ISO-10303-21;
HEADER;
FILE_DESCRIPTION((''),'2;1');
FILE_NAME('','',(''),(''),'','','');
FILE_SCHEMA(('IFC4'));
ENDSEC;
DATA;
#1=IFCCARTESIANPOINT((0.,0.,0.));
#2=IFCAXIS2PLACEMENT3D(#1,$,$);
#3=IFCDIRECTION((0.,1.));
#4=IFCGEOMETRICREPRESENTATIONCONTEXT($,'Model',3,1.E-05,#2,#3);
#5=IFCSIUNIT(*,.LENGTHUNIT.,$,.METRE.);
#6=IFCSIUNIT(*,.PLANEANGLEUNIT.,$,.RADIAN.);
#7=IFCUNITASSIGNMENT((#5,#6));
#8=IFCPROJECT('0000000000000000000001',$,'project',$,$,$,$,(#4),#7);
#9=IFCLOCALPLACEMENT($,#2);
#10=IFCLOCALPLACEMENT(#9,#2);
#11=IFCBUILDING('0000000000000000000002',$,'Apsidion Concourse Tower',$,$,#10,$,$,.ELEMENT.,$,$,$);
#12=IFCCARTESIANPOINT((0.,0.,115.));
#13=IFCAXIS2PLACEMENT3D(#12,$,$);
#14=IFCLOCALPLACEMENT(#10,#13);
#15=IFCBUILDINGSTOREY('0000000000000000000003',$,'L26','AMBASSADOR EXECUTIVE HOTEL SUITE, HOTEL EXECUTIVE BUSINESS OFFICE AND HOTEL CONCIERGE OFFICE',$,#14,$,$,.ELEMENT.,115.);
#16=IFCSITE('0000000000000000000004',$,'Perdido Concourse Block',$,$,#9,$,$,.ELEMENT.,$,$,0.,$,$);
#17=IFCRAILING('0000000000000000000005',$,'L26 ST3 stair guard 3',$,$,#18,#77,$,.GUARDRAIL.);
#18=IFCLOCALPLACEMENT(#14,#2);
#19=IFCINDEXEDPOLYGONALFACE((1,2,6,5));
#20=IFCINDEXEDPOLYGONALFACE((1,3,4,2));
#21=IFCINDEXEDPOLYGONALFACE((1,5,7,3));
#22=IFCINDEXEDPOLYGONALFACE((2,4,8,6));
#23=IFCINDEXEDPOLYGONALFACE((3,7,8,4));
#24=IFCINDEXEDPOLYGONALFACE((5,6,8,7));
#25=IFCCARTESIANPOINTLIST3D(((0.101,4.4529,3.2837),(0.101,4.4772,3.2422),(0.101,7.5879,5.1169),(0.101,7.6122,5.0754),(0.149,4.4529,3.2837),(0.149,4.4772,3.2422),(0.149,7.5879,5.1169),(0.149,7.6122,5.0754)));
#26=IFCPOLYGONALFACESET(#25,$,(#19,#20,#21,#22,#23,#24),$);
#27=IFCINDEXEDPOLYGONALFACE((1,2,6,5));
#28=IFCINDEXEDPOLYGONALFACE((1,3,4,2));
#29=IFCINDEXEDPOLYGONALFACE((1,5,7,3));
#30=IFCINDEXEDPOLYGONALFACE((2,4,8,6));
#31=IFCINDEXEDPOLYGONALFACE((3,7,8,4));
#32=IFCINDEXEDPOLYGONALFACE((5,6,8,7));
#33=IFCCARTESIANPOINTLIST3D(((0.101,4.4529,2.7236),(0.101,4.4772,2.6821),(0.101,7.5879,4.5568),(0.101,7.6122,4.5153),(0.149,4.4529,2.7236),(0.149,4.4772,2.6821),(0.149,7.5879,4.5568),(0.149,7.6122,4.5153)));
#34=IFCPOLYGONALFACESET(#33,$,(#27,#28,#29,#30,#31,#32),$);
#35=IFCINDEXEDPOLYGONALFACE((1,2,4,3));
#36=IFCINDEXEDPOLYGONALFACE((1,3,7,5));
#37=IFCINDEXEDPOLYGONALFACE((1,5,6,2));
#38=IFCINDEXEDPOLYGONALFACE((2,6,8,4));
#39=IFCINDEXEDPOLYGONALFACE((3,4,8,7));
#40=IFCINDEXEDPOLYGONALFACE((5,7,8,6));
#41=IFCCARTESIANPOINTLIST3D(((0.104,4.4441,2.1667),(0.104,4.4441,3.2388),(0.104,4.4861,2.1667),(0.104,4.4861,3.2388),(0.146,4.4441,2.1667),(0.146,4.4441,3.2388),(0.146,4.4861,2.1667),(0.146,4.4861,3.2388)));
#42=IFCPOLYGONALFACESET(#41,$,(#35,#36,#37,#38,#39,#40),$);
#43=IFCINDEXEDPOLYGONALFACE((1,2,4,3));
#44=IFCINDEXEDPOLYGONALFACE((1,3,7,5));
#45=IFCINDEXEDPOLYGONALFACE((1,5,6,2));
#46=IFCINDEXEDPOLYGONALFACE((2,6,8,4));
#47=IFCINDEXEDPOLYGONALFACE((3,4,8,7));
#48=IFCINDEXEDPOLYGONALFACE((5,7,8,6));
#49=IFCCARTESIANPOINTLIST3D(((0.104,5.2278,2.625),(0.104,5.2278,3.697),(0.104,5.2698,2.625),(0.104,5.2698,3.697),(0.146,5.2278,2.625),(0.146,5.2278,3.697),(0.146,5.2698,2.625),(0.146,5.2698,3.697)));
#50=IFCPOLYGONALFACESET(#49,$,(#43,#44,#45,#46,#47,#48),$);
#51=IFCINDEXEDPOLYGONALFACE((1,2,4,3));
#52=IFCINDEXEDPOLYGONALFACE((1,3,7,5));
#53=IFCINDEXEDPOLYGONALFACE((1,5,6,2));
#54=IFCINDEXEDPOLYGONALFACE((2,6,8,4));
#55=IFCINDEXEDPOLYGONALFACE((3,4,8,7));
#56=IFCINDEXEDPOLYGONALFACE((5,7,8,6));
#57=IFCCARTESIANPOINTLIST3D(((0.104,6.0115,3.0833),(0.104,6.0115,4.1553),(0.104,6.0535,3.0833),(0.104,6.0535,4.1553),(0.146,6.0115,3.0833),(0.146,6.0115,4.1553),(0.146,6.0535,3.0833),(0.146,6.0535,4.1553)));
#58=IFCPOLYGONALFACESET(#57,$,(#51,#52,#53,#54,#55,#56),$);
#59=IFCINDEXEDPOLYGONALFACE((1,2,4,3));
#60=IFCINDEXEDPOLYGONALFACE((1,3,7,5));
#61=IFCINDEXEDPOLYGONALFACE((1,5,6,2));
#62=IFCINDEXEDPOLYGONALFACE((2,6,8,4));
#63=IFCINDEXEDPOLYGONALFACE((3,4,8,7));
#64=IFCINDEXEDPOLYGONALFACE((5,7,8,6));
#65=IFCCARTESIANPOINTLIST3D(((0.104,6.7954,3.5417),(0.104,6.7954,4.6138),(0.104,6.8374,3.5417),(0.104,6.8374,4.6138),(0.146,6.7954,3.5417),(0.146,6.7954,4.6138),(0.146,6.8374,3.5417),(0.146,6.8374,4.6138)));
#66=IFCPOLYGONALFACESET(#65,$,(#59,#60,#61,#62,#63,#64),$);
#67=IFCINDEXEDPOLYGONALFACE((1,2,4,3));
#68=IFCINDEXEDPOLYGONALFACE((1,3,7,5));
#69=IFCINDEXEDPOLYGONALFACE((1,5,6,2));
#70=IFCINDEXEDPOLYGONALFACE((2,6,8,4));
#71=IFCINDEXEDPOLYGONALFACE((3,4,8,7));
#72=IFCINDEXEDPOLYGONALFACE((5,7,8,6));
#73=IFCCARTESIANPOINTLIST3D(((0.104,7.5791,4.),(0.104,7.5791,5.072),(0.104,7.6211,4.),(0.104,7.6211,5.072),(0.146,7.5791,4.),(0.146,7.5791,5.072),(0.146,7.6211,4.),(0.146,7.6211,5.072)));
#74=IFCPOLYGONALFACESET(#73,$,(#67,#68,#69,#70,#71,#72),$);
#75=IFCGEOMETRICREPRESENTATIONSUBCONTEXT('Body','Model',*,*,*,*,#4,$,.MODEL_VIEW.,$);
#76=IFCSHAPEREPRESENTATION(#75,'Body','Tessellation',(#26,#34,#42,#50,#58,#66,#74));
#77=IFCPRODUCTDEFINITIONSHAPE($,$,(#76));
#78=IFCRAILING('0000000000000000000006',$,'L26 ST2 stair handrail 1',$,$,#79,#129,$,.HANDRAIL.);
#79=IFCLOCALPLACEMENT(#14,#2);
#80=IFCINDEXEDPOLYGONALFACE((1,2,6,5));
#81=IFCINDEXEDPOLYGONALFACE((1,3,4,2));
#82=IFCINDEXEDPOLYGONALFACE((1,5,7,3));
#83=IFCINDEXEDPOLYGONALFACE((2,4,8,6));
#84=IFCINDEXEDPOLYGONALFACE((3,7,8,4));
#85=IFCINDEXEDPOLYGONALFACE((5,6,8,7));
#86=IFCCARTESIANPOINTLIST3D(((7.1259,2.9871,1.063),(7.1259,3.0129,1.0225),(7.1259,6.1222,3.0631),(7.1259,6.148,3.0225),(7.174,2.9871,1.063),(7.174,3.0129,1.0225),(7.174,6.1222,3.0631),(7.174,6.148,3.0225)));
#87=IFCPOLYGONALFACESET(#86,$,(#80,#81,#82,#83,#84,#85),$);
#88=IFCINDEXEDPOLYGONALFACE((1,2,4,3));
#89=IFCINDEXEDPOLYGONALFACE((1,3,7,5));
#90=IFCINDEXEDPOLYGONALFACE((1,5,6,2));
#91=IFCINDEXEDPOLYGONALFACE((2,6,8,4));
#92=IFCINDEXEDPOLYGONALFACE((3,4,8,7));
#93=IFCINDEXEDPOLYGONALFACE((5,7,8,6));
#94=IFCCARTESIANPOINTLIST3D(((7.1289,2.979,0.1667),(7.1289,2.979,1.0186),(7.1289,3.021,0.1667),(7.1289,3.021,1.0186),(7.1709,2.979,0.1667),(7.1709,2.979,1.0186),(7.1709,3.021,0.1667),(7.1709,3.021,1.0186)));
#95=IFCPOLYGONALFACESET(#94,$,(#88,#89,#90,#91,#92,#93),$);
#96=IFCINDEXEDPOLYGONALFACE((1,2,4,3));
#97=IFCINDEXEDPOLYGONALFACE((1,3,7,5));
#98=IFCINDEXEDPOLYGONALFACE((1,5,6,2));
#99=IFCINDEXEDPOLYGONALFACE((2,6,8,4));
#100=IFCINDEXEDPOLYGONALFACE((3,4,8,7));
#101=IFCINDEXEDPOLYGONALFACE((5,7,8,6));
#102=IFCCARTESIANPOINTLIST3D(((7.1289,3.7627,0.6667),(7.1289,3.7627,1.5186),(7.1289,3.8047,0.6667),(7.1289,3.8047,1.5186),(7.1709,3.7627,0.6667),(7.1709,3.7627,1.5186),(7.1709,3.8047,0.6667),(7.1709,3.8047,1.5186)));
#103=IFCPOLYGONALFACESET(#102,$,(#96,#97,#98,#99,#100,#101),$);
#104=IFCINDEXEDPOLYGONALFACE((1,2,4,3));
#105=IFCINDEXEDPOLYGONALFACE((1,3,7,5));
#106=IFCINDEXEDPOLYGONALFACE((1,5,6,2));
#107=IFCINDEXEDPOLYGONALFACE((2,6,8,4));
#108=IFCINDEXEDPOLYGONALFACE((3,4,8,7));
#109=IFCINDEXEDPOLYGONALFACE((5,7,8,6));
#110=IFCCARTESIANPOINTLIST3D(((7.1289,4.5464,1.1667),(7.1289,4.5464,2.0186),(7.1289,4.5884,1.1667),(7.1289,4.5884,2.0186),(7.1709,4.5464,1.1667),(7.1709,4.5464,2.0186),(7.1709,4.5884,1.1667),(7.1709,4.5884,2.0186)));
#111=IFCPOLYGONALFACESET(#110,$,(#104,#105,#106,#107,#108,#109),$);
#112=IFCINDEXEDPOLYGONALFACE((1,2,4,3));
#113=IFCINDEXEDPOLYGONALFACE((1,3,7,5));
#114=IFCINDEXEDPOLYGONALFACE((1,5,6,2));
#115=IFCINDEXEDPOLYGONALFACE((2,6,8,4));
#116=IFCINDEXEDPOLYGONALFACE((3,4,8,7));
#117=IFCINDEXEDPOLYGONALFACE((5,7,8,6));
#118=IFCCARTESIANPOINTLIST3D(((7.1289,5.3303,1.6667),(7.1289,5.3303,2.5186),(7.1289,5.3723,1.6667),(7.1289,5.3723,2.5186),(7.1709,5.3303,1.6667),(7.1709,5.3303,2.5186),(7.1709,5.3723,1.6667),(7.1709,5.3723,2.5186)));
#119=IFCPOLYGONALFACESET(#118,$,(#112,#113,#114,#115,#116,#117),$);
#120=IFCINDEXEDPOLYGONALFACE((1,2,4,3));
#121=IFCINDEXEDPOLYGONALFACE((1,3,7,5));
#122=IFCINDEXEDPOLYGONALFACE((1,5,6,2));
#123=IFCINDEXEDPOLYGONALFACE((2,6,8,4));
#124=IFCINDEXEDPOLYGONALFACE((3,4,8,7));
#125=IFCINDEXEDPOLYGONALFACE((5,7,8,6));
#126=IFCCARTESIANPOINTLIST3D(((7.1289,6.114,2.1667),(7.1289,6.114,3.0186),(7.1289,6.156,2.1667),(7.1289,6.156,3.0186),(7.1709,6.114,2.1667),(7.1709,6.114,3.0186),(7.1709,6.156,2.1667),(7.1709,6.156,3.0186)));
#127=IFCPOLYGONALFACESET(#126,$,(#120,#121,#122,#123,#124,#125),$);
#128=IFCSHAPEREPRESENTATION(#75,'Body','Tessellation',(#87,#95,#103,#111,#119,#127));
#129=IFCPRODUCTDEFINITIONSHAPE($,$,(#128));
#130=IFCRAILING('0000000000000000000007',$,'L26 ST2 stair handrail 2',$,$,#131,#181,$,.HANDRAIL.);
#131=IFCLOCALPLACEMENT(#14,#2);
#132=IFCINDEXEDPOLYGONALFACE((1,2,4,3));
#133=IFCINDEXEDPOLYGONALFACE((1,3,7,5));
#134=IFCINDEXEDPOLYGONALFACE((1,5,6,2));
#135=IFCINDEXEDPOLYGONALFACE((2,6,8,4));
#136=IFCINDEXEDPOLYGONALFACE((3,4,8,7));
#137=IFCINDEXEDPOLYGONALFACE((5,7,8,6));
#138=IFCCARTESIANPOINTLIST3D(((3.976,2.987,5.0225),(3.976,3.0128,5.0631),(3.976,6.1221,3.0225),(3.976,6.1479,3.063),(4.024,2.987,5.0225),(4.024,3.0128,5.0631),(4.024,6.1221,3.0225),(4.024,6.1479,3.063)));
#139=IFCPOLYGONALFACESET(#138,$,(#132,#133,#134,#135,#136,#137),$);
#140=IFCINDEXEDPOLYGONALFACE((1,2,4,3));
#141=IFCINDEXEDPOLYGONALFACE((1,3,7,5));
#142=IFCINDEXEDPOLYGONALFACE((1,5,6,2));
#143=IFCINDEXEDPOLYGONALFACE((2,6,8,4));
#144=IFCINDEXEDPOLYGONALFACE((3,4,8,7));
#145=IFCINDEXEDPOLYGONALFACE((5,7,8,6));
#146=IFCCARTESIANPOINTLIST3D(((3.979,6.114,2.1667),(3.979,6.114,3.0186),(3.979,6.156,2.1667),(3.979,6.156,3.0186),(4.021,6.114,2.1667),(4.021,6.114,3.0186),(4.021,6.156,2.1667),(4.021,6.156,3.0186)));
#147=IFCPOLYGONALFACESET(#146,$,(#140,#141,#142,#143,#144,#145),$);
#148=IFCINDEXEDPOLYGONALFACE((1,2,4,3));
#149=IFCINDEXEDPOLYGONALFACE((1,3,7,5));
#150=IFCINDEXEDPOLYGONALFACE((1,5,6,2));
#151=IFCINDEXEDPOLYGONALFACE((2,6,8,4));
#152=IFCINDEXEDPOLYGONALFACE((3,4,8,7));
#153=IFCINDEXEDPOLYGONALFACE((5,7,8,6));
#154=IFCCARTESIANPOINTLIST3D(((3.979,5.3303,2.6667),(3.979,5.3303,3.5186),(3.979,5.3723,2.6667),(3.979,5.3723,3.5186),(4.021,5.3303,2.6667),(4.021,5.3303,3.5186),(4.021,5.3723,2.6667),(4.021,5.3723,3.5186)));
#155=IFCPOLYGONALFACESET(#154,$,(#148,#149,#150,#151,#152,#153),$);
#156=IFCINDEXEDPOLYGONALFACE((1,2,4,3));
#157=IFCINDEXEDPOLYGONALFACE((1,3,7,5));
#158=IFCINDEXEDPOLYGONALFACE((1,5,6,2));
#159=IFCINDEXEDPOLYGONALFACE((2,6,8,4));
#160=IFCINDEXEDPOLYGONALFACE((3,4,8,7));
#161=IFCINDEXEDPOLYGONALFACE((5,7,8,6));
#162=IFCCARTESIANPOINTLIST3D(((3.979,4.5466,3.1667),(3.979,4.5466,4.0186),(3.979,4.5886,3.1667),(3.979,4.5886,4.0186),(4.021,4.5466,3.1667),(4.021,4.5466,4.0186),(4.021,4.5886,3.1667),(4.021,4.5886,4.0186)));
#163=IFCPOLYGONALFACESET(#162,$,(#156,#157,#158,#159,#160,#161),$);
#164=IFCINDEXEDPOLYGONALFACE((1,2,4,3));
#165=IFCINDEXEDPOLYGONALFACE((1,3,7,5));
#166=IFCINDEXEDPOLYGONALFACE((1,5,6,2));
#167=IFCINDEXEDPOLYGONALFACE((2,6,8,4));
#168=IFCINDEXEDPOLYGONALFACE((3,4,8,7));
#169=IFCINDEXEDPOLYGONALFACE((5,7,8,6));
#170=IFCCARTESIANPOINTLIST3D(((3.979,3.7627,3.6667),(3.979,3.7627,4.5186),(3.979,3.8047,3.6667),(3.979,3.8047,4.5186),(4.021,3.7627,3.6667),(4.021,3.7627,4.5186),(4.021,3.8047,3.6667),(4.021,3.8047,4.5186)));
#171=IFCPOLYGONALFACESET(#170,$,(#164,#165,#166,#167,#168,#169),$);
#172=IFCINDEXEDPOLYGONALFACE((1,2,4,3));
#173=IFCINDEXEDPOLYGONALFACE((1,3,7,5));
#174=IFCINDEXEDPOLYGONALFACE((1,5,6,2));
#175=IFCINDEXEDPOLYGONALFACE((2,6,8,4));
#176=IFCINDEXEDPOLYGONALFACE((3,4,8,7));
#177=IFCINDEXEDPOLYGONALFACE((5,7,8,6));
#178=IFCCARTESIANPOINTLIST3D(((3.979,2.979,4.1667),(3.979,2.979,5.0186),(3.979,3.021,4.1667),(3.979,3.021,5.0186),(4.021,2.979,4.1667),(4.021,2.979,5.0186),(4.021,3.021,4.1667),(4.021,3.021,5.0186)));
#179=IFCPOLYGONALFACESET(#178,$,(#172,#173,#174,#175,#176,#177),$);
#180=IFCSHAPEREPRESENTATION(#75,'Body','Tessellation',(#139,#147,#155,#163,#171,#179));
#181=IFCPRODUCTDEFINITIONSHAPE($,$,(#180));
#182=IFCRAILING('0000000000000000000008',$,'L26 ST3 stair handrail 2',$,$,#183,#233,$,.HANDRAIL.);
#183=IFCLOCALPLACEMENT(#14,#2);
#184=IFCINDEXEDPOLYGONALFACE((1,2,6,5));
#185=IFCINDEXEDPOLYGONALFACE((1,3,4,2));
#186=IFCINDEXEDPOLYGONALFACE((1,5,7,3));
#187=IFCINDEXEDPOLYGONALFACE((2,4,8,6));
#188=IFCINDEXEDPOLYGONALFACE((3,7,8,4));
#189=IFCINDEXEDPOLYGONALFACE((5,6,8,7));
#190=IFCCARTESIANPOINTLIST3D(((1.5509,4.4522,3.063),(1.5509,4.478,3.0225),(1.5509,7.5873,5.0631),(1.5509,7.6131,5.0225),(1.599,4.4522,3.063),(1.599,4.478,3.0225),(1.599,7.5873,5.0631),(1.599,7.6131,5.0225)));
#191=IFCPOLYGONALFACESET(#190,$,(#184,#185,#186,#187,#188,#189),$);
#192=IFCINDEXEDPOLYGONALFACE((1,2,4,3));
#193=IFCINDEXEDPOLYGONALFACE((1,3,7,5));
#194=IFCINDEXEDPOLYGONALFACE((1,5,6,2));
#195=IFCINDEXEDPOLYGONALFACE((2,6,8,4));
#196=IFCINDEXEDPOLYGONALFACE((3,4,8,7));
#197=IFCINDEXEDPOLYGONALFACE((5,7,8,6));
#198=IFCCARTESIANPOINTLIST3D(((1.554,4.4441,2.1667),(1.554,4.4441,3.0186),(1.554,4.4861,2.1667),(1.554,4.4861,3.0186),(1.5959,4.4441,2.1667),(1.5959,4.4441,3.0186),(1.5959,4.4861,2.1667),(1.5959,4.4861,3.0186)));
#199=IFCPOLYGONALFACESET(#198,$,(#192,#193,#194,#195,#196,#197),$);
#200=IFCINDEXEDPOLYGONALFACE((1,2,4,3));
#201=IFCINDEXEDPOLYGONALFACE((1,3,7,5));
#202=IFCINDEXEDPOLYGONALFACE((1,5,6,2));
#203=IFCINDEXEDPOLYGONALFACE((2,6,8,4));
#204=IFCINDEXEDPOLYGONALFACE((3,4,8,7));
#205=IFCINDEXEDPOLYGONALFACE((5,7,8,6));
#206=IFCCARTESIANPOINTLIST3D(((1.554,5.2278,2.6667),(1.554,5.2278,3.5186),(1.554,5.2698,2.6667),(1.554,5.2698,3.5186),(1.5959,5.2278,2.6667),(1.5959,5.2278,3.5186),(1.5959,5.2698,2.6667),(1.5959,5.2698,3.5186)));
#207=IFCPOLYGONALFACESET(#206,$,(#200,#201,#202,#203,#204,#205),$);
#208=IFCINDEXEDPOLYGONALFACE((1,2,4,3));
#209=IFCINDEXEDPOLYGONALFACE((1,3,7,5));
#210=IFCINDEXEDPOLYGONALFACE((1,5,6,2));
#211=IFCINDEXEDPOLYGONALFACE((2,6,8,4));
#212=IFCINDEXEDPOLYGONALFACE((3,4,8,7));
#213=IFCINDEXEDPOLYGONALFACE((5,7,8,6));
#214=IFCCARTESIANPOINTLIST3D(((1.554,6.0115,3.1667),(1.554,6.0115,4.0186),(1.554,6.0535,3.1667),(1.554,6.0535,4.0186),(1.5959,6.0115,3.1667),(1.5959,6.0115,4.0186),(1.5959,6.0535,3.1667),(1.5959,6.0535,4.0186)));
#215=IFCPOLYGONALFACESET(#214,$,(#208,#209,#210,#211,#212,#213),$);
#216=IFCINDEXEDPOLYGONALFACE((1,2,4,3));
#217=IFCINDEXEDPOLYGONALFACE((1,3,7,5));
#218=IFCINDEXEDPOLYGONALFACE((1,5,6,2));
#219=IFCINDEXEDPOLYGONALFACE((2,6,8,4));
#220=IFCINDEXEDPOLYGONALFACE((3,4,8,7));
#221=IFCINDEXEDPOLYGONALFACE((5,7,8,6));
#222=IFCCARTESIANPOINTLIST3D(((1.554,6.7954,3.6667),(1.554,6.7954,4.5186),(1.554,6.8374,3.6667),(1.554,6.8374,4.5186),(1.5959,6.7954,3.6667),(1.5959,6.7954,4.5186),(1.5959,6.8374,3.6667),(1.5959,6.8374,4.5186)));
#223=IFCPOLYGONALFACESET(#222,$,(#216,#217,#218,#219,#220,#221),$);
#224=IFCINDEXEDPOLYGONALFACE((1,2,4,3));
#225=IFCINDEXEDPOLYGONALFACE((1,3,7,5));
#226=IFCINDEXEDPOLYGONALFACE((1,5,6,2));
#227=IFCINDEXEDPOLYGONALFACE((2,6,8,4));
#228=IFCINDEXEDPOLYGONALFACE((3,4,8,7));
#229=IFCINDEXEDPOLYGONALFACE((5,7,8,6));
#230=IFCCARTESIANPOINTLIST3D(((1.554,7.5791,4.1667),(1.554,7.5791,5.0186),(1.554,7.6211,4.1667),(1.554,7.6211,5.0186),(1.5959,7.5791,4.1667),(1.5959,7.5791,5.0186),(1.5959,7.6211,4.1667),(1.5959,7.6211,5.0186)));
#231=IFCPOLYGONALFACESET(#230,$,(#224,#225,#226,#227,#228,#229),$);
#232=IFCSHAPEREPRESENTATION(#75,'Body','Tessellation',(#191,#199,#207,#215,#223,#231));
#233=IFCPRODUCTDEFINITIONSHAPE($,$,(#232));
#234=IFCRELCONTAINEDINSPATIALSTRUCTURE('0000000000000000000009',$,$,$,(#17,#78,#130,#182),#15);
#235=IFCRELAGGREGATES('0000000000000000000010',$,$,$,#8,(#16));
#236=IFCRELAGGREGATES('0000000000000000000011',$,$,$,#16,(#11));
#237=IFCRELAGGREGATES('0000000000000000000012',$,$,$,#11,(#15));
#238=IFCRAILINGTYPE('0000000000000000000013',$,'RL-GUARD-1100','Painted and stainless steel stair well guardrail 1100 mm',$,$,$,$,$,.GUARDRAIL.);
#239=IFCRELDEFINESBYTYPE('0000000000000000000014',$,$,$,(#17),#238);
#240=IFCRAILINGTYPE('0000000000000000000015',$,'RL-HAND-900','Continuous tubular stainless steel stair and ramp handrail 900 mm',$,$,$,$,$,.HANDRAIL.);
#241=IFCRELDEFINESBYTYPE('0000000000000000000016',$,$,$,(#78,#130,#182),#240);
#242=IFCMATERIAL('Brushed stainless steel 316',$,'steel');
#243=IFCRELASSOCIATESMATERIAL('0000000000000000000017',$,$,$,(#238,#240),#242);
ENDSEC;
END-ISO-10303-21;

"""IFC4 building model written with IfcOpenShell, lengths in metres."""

from ifc_helpers import new_model, si_unit, direction, frame, origin, origin_2d, place, context, subcontext, project, spatial, rectangle, extrude, material, type_object, element, save


model = new_model("IFC4")

# Units and contexts
model_context = context("Model", 3, precision=1e-05, world=origin(), true_north=direction((0.0, 1.0)))
body_context = subcontext(model_context, "Body", "Model", "MODEL_VIEW")
ifc_project = project(units=[si_unit("LENGTHUNIT", "METRE"), si_unit("PLANEANGLEUNIT", "RADIAN")], contexts=[model_context])

# Site, building, storey
site_placement = place(None, origin())
site = spatial("IfcSite", under=ifc_project, at=site_placement, Name="Perdido Concourse Block", CompositionType="ELEMENT", RefElevation=0.0)
building_placement = place(site_placement, origin())
building = spatial("IfcBuilding", under=site, at=building_placement, Name="Apsidion Concourse Tower", CompositionType="ELEMENT")
storey_placement = place(building_placement, frame((0.0, 0.0, 115.0)))
storey = spatial("IfcBuildingStorey", under=building, at=storey_placement, Name="L26", Description="AMBASSADOR EXECUTIVE HOTEL SUITE, HOTEL EXECUTIVE BUSINESS OFFICE AND HOTEL CONCIERGE OFFICE", CompositionType="ELEMENT", Elevation=115.0)

# Railings
ifc_material_1 = material(Name="Brushed stainless steel 316", Category="steel")
railing_type_1 = type_object("IfcRailingType", Name="RL-GUARD-1100", Description="Painted and stainless steel stair well guardrail 1100 mm", PredefinedType="GUARDRAIL", material=ifc_material_1)
railing_1_placement = place(storey_placement, frame((0.125, 4.4651, 2.1667)))
element("IfcRailing", 1, at=railing_1_placement, inside=storey, type_object=railing_type_1, Name="L26 ST3 stair guard 3", PredefinedType="GUARDRAIL", context=body_context, shape_type="SweptSolid", body=[
    extrude(rectangle(XDim=0.0481, YDim=0.0481, at=origin_2d()), frame((0.0, 0.0, 1.0962), z_axis=(0.0, 0.86324, 0.504794), x_axis=(-1.0, 0.0, 0.0)), (0.0, 0.0, 1.0), 3.6316),
    extrude(rectangle(XDim=0.0481, YDim=0.0481, at=origin_2d()), frame((0.0, 0.0, 0.5361), z_axis=(0.0, 0.86324, 0.504794), x_axis=(-1.0, 0.0, 0.0)), (0.0, 0.0, 1.0), 3.6316),
    extrude(rectangle(XDim=0.042, YDim=0.042, at=origin_2d()), origin(), (0.0, 0.0, 1.0), 1.072),
    extrude(rectangle(XDim=0.042, YDim=0.042, at=origin_2d()), frame((0.0, 0.7837, 0.4583)), (0.0, 0.0, 1.0), 1.072),
    extrude(rectangle(XDim=0.042, YDim=0.042, at=origin_2d()), frame((0.0, 1.5674, 0.9165)), (0.0, 0.0, 1.0), 1.072),
    extrude(rectangle(XDim=0.042, YDim=0.042, at=origin_2d()), frame((0.0, 2.3513, 1.375)), (0.0, 0.0, 1.0), 1.072),
    extrude(rectangle(XDim=0.042, YDim=0.042, at=origin_2d()), frame((0.0, 3.135, 1.8333)), (0.0, 0.0, 1.0), 1.072),
])
railing_type_2 = type_object("IfcRailingType", Name="RL-HAND-900", Description="Continuous tubular stainless steel stair and ramp handrail 900 mm", PredefinedType="HANDRAIL", material=ifc_material_1)
railing_2_placement = place(storey_placement, frame((7.1499, 3.0, 0.1667)))
element("IfcRailing", 2, at=railing_2_placement, inside=storey, type_object=railing_type_2, Name="L26 ST2 stair handrail 1", PredefinedType="HANDRAIL", context=body_context, shape_type="SweptSolid", body=[
    extrude(rectangle(XDim=0.0481, YDim=0.0481, at=origin_2d()), frame((0.0, 0.0, 0.876), z_axis=(0.0, 0.843053, 0.537831), x_axis=(-1.0, 0.0, 0.0)), (0.0, 0.0, 1.0), 3.7188),
    extrude(rectangle(XDim=0.042, YDim=0.042, at=origin_2d()), origin(), (0.0, 0.0, 1.0), 0.8518),
    extrude(rectangle(XDim=0.042, YDim=0.042, at=origin_2d()), frame((0.0, 0.7837, 0.5)), (0.0, 0.0, 1.0), 0.8518),
    extrude(rectangle(XDim=0.042, YDim=0.042, at=origin_2d()), frame((0.0, 1.5674, 1.0)), (0.0, 0.0, 1.0), 0.8518),
    extrude(rectangle(XDim=0.042, YDim=0.042, at=origin_2d()), frame((0.0, 2.3513, 1.5)), (0.0, 0.0, 1.0), 0.8518),
    extrude(rectangle(XDim=0.042, YDim=0.042, at=origin_2d()), frame((0.0, 3.135, 2.0)), (0.0, 0.0, 1.0), 0.8518),
])
railing_3_placement = place(storey_placement, frame((4.0, 6.135, 2.1667)))
element("IfcRailing", 3, at=railing_3_placement, inside=storey, type_object=railing_type_2, Name="L26 ST2 stair handrail 2", PredefinedType="HANDRAIL", context=body_context, shape_type="SweptSolid", body=[
    extrude(rectangle(XDim=0.0481, YDim=0.0481, at=origin_2d()), frame((0.0, 0.0, 0.876), z_axis=(0.0, -0.843053, 0.537831), x_axis=(1.0, 0.0, 0.0)), (0.0, 0.0, 1.0), 3.7188),
    extrude(rectangle(XDim=0.042, YDim=0.042, at=origin_2d()), origin(), (0.0, 0.0, 1.0), 0.8518),
    extrude(rectangle(XDim=0.042, YDim=0.042, at=origin_2d()), frame((0.0, -0.7837, 0.5)), (0.0, 0.0, 1.0), 0.8518),
    extrude(rectangle(XDim=0.042, YDim=0.042, at=origin_2d()), frame((0.0, -1.5674, 1.0)), (0.0, 0.0, 1.0), 0.8518),
    extrude(rectangle(XDim=0.042, YDim=0.042, at=origin_2d()), frame((0.0, -2.3513, 1.5)), (0.0, 0.0, 1.0), 0.8518),
    extrude(rectangle(XDim=0.042, YDim=0.042, at=origin_2d()), frame((0.0, -3.135, 2.0)), (0.0, 0.0, 1.0), 0.8518),
])
railing_4_placement = place(storey_placement, frame((1.575, 4.4651, 2.1667)))
element("IfcRailing", 4, at=railing_4_placement, inside=storey, type_object=railing_type_2, Name="L26 ST3 stair handrail 2", PredefinedType="HANDRAIL", context=body_context, shape_type="SweptSolid", body=[
    extrude(rectangle(XDim=0.0481, YDim=0.0481, at=origin_2d()), frame((0.0, 0.0, 0.876), z_axis=(0.0, 0.843053, 0.537831), x_axis=(-1.0, 0.0, 0.0)), (0.0, 0.0, 1.0), 3.7188),
    extrude(rectangle(XDim=0.042, YDim=0.042, at=origin_2d()), origin(), (0.0, 0.0, 1.0), 0.8518),
    extrude(rectangle(XDim=0.042, YDim=0.042, at=origin_2d()), frame((0.0, 0.7837, 0.5)), (0.0, 0.0, 1.0), 0.8518),
    extrude(rectangle(XDim=0.042, YDim=0.042, at=origin_2d()), frame((0.0, 1.5674, 1.0)), (0.0, 0.0, 1.0), 0.8518),
    extrude(rectangle(XDim=0.042, YDim=0.042, at=origin_2d()), frame((0.0, 2.3513, 1.5)), (0.0, 0.0, 1.0), 0.8518),
    extrude(rectangle(XDim=0.042, YDim=0.042, at=origin_2d()), frame((0.0, 3.135, 2.0)), (0.0, 0.0, 1.0), 0.8518),
])

save(model, "model.ifc")
